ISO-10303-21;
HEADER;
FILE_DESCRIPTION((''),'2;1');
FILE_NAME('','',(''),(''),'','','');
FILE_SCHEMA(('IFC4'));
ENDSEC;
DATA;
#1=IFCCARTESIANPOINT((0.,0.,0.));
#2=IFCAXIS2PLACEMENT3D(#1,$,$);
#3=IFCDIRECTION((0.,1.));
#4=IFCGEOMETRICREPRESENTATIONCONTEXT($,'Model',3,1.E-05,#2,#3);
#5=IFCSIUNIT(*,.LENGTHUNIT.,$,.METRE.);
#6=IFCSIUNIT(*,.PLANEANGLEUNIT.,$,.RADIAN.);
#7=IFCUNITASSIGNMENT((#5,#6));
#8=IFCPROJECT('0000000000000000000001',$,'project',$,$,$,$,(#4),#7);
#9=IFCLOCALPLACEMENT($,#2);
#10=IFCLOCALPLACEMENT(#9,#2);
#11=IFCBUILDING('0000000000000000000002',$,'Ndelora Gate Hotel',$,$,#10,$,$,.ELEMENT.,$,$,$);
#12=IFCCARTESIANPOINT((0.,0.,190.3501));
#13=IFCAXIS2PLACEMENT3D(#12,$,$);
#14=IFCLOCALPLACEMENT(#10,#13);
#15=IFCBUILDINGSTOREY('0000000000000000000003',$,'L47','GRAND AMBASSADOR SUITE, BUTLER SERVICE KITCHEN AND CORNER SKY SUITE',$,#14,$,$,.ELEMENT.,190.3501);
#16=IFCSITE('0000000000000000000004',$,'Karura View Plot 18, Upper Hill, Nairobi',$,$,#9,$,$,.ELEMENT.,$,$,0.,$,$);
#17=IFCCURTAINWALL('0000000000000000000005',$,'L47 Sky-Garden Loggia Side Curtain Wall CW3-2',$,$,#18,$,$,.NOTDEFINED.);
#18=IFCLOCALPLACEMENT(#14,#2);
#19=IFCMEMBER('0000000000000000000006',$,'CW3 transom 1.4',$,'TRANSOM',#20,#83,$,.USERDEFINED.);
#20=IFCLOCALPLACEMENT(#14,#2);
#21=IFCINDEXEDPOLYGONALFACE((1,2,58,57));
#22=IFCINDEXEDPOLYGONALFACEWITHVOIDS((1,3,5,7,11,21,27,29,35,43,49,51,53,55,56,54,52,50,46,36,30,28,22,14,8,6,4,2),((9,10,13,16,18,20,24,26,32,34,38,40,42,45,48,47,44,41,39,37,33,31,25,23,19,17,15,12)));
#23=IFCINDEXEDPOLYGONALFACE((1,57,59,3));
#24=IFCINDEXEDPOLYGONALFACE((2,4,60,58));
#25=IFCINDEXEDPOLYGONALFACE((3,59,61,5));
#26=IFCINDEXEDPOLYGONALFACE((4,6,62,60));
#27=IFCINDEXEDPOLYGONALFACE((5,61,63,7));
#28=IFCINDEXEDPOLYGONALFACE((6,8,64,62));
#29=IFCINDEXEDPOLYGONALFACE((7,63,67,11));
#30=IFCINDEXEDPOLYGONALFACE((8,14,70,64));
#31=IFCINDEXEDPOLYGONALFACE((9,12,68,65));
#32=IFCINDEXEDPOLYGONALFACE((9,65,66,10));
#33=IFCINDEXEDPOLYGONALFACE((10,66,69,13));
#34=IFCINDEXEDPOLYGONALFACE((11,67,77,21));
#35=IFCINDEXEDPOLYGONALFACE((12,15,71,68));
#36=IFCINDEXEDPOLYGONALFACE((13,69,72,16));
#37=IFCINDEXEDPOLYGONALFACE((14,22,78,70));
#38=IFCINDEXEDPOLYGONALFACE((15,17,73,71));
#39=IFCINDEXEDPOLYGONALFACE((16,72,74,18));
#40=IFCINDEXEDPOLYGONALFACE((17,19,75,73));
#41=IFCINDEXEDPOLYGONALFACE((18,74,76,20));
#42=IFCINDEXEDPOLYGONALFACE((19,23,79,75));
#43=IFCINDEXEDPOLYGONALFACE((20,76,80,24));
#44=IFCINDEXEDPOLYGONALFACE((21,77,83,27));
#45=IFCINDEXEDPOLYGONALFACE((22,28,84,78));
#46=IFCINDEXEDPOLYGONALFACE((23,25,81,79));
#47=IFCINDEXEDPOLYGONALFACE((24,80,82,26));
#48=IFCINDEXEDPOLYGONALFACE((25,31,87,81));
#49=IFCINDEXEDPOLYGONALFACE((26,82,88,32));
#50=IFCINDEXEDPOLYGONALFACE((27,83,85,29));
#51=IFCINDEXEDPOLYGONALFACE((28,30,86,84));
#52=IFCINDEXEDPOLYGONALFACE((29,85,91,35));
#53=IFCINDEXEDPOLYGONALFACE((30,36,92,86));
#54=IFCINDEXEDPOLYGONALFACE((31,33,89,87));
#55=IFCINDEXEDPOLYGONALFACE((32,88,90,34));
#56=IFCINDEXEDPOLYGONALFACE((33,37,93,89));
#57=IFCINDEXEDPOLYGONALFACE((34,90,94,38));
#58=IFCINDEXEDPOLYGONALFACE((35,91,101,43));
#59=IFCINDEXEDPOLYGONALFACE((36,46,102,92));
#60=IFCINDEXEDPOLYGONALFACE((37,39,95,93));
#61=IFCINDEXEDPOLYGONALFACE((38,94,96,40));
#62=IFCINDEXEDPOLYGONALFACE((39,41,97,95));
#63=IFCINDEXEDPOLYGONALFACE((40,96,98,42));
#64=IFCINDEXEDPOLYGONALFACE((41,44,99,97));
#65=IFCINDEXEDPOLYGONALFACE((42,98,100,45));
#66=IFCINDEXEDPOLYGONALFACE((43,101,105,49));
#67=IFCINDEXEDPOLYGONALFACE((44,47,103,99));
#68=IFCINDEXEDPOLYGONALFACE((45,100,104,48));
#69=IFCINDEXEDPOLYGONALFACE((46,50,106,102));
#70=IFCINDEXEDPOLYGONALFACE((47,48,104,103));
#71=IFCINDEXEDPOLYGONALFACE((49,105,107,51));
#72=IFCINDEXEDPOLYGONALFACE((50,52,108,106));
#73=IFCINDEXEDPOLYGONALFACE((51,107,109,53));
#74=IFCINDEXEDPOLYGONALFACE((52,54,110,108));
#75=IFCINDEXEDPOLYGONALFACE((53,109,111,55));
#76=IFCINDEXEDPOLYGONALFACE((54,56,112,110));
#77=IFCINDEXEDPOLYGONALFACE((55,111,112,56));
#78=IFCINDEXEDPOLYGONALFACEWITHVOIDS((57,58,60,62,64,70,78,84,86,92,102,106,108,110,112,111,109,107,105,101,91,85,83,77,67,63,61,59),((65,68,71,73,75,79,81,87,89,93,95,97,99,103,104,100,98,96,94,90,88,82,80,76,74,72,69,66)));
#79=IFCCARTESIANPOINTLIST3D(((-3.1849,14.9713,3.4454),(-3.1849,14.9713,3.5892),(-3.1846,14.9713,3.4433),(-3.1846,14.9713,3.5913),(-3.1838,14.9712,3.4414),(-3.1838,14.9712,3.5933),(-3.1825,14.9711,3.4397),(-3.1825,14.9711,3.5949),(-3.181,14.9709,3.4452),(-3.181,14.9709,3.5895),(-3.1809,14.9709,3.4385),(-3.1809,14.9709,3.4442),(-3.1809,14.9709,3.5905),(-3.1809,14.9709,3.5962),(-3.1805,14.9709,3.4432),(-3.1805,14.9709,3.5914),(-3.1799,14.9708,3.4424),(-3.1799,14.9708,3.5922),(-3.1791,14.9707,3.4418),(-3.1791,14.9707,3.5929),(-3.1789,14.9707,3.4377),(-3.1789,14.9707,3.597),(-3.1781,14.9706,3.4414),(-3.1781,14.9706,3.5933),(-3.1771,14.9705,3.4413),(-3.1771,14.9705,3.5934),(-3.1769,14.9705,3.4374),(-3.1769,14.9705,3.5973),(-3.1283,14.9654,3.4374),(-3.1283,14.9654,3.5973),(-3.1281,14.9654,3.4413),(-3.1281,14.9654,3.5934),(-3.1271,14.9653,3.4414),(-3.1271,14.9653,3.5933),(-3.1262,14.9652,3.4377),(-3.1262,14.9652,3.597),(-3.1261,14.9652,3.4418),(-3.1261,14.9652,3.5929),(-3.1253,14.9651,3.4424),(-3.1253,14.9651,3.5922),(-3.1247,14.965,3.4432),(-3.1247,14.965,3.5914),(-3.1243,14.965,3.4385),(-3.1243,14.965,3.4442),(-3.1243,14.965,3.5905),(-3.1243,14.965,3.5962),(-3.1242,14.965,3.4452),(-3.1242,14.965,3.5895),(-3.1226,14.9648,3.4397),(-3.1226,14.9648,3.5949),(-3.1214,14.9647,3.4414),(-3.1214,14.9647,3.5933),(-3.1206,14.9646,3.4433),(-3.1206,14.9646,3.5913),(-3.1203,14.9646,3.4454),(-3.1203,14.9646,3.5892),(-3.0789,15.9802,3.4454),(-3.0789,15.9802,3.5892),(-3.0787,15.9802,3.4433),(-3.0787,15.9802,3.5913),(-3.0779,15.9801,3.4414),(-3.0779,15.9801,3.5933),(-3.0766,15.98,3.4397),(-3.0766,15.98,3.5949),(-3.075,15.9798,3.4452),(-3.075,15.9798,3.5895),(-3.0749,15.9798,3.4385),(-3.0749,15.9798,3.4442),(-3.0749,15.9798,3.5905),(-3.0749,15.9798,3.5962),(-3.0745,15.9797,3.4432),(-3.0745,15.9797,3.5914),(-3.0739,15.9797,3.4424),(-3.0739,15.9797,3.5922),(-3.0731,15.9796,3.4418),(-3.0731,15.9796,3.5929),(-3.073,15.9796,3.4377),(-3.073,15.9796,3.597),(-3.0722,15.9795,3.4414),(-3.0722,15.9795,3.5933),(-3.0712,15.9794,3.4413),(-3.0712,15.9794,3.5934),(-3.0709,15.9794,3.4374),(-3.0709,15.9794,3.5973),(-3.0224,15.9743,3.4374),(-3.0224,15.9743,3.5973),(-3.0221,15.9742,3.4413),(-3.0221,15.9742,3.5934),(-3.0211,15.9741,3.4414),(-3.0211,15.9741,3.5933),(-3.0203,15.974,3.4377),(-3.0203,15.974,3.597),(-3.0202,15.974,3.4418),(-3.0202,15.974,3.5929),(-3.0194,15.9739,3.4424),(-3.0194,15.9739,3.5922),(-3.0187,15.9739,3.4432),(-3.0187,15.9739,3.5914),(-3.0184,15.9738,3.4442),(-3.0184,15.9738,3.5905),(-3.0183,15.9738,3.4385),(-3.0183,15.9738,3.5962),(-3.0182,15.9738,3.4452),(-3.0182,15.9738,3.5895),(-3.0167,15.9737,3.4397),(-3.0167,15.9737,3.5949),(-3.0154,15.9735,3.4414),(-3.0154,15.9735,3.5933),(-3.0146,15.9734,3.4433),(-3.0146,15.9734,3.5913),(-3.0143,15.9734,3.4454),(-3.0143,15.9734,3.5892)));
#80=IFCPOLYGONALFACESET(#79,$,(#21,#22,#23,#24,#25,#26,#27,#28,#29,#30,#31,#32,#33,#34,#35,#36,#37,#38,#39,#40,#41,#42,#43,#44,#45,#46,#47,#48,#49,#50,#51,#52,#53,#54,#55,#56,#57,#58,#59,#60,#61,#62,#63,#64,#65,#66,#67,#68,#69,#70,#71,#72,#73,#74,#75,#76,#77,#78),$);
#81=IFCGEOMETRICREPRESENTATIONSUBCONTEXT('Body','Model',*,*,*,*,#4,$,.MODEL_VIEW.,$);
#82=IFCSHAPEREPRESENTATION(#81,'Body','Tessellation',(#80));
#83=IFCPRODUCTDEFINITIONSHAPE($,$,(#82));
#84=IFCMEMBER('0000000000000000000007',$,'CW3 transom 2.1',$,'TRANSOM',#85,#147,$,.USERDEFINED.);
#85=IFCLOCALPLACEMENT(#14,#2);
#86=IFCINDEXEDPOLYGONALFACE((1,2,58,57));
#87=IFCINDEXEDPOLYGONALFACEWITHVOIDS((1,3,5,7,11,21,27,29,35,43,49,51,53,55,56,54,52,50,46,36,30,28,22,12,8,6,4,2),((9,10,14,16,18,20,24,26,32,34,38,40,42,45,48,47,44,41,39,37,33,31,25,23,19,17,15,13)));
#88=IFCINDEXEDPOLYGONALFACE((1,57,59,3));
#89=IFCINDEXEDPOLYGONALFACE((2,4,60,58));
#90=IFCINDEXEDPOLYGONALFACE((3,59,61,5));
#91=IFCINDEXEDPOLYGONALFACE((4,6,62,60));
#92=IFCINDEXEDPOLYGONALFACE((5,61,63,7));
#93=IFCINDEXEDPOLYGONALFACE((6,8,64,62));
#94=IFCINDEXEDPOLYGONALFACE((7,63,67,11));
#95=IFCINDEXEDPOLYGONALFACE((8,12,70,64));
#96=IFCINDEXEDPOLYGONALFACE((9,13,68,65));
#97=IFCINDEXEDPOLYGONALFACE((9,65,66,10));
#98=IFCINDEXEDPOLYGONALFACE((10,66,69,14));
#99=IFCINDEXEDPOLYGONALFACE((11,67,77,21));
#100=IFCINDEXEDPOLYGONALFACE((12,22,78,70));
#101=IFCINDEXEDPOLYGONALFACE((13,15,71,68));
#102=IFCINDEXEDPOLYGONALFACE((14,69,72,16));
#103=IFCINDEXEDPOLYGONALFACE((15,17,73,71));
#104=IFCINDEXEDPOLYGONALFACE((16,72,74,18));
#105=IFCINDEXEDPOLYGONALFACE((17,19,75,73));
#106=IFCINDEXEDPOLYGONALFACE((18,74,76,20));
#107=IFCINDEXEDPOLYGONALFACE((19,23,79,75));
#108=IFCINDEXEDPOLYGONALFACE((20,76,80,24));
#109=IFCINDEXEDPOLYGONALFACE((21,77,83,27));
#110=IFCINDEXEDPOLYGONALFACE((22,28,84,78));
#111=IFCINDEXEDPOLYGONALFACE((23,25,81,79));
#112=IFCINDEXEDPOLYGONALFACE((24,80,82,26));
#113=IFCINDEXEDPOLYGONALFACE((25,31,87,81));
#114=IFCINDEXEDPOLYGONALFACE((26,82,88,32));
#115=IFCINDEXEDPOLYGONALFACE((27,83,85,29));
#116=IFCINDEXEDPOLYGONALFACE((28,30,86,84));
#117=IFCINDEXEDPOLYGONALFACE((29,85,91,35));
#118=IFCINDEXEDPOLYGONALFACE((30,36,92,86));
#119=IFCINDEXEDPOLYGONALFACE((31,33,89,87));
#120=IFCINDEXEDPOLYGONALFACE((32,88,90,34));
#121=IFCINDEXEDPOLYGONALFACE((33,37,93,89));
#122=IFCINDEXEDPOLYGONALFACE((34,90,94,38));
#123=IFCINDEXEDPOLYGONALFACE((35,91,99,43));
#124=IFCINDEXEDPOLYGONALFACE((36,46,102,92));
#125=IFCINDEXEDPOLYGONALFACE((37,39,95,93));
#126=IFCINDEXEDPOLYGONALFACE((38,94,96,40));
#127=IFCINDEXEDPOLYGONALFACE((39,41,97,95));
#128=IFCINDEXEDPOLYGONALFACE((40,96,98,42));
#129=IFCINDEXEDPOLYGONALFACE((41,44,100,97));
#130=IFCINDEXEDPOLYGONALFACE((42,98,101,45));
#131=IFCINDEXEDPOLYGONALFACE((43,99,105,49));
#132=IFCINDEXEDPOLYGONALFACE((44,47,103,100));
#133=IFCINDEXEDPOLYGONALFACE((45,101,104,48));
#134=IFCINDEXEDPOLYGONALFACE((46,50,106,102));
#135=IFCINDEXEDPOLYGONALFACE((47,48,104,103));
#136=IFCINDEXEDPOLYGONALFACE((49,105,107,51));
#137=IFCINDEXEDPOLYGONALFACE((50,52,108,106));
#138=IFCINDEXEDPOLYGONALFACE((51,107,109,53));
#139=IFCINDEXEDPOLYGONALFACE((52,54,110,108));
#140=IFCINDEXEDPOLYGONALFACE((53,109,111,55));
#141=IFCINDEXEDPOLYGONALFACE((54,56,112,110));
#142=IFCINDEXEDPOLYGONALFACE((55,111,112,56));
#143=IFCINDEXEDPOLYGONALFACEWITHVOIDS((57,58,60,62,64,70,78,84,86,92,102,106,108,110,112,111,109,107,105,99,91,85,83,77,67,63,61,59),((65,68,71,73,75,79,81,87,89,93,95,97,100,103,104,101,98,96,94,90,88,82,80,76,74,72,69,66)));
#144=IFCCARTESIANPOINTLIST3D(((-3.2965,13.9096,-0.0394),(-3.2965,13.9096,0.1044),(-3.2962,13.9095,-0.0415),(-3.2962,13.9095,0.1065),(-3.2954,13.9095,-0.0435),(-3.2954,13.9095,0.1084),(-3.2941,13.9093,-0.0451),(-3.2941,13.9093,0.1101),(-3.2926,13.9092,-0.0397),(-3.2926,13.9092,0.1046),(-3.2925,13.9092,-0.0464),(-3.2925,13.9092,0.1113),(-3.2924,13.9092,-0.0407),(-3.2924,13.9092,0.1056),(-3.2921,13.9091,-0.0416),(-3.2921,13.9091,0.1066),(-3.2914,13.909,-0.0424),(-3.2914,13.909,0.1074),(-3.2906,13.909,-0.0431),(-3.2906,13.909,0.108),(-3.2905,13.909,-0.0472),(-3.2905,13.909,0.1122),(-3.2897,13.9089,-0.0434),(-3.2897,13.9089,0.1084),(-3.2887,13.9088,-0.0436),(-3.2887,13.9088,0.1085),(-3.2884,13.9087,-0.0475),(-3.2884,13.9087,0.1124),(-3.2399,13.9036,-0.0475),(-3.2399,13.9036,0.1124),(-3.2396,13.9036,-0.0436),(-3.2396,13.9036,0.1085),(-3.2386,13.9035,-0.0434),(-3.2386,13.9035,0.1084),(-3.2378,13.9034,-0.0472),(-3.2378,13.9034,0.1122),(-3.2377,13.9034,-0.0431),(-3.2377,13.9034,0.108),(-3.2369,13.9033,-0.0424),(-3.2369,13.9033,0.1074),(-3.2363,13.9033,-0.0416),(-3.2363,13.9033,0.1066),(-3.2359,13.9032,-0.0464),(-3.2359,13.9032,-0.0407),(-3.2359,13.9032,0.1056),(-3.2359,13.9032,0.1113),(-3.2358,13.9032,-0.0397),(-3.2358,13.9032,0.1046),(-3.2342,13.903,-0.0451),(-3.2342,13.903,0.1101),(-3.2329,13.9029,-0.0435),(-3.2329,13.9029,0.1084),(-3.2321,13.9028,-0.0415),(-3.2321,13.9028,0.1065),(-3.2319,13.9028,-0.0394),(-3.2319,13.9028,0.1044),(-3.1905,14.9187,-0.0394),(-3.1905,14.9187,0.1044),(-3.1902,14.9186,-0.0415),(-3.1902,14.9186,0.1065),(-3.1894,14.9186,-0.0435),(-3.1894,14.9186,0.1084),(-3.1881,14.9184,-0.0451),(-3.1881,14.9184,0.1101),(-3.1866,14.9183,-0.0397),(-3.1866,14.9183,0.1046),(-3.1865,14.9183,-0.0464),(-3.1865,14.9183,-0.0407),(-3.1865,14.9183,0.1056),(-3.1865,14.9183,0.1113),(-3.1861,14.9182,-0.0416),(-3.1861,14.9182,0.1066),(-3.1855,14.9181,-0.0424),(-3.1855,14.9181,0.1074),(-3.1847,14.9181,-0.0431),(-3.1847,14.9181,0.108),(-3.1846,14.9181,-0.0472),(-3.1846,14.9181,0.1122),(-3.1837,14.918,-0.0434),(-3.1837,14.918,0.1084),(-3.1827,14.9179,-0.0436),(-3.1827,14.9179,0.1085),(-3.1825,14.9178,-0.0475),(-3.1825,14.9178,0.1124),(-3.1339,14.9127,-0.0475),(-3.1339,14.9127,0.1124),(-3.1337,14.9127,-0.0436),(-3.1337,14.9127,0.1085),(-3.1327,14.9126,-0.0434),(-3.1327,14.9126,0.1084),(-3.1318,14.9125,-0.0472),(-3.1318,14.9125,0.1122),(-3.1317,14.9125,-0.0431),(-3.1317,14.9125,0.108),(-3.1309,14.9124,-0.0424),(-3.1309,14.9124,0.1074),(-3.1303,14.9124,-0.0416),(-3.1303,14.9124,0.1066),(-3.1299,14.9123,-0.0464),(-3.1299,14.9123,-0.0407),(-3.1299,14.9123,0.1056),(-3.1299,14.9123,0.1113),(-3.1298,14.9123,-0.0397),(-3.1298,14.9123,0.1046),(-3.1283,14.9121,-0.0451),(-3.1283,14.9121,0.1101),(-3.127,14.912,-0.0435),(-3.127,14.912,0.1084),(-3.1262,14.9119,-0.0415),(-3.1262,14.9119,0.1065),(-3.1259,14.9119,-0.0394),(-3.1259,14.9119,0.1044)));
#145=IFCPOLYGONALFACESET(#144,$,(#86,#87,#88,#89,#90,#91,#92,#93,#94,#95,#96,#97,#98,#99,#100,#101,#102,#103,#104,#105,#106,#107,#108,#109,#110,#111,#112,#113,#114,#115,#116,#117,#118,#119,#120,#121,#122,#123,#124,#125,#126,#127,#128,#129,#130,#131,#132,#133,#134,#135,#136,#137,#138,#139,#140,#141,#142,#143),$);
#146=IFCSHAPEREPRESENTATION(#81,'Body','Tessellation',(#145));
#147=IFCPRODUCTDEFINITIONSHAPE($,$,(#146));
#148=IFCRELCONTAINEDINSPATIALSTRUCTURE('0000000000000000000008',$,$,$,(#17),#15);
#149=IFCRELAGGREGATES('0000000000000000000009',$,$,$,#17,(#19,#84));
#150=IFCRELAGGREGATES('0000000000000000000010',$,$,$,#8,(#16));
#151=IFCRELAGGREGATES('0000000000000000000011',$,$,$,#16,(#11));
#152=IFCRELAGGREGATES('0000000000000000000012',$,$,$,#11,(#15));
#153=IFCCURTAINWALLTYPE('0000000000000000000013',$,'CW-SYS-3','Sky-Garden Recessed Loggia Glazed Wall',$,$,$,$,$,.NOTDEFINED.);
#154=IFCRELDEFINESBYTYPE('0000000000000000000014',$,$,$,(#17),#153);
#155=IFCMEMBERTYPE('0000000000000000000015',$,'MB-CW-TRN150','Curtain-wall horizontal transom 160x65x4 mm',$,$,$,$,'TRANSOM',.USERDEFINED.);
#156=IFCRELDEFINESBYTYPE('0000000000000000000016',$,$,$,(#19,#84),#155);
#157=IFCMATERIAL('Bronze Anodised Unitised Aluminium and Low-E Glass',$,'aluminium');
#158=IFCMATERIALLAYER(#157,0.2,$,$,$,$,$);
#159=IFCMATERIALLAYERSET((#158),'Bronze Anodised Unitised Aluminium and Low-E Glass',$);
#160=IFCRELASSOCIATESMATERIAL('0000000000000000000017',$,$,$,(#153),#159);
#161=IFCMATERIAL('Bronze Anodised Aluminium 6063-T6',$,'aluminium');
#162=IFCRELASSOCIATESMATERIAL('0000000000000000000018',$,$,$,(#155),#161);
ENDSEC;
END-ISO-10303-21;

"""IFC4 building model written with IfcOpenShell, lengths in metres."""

from ifc_helpers import new_model, si_unit, direction, frame, origin, origin_2d, place, context, subcontext, project, spatial, hollow_rectangle, extrude, material, layer, layer_set, material_profile, profile_set, type_object, element, aggregate, save


model = new_model("IFC4")

# Units and contexts
model_context = context("Model", 3, precision=1e-05, world=origin(), true_north=direction((0.0, 1.0)))
body_context = subcontext(model_context, "Body", "Model", "MODEL_VIEW")
ifc_project = project(units=[si_unit("LENGTHUNIT", "METRE"), si_unit("PLANEANGLEUNIT", "RADIAN")], contexts=[model_context])

# Site, building, storey
site_placement = place(None, origin())
site = spatial("IfcSite", under=ifc_project, at=site_placement, Name="Karura View Plot 18, Upper Hill, Nairobi", CompositionType="ELEMENT", RefElevation=0.0)
building_placement = place(site_placement, origin())
building = spatial("IfcBuilding", under=site, at=building_placement, Name="Ndelora Gate Hotel", CompositionType="ELEMENT")
storey_placement = place(building_placement, frame((0.0, 0.0, 190.3501)))
storey = spatial("IfcBuildingStorey", under=building, at=storey_placement, Name="L47", Description="GRAND AMBASSADOR SUITE, BUTLER SERVICE KITCHEN AND CORNER SKY SUITE", CompositionType="ELEMENT", Elevation=190.3501)

# Curtain wall, members
ifc_material_1 = material(Name="Bronze Anodised Unitised Aluminium and Low-E Glass", Category="aluminium")
ifc_layer_1 = layer(ifc_material_1, 0.2)
ifc_layer_set_1 = layer_set([ifc_layer_1], Name="Bronze Anodised Unitised Aluminium and Low-E Glass")
curtain_wall_type = type_object("IfcCurtainWallType", Name="CW-SYS-3", Description="Sky-Garden Recessed Loggia Glazed Wall", PredefinedType="NOTDEFINED", material=ifc_layer_set_1)
curtain_wall_placement = place(storey_placement, origin())
curtain_wall = element("IfcCurtainWall", 1, at=curtain_wall_placement, inside=storey, type_object=curtain_wall_type, Name="L47 Sky-Garden Loggia Side Curtain Wall CW3-2", PredefinedType="NOTDEFINED")
ifc_material_2 = material(Name="Bronze Anodised Aluminium 6063-T6", Category="aluminium")
ifc_material_profile_1 = material_profile(ifc_material_2, hollow_rectangle(XDim=0.0649, YDim=0.1599, WallThickness=0.0039, InnerFilletRadius=0.0039, OuterFilletRadius=0.0081, at=origin_2d()), Name="ALU 160x65x4")
ifc_profile_set_1 = profile_set([ifc_material_profile_1], Name="Bronze Anodised Aluminium 6063-T6")
member_type_1 = type_object("IfcMemberType", Name="MB-CW-TRN150", Description="Curtain-wall horizontal transom 160x65x4 mm", ElementType="TRANSOM", PredefinedType="USERDEFINED", material=ifc_profile_set_1)
member_1_placement = place(storey_placement, frame((-3.0466, 15.9768, 3.5173), z_axis=(-0.104459, -0.994529, 0.0), x_axis=(0.994529, -0.104459, 0.0)))
member_1 = element("IfcMember", 2, at=member_1_placement, type_object=member_type_1, Name="CW3 transom 1.4", ObjectType="TRANSOM", PredefinedType="USERDEFINED", context=body_context, shape_type="SweptSolid", body=[
    extrude(hollow_rectangle(XDim=0.0649, YDim=0.1599, WallThickness=0.0039, InnerFilletRadius=0.0039, OuterFilletRadius=0.0081, at=origin_2d()), origin(), (0.0, 0.0, 1.0), 1.0144),
])
member_2_placement = place(storey_placement, frame((-3.1582, 14.9153, 0.0325), z_axis=(-0.104434, -0.994532, 0.0), x_axis=(0.994532, -0.104434, 0.0)))
member_2 = element("IfcMember", 3, at=member_2_placement, type_object=member_type_1, Name="CW3 transom 2.1", ObjectType="TRANSOM", PredefinedType="USERDEFINED", context=body_context, shape_type="SweptSolid", body=[
    extrude(hollow_rectangle(XDim=0.0649, YDim=0.1599, WallThickness=0.0039, InnerFilletRadius=0.0039, OuterFilletRadius=0.0081, at=origin_2d()), origin(), (0.0, 0.0, 1.0), 1.0146),
])
aggregate(curtain_wall, [member_1, member_2])

save(model, "model.ifc")
